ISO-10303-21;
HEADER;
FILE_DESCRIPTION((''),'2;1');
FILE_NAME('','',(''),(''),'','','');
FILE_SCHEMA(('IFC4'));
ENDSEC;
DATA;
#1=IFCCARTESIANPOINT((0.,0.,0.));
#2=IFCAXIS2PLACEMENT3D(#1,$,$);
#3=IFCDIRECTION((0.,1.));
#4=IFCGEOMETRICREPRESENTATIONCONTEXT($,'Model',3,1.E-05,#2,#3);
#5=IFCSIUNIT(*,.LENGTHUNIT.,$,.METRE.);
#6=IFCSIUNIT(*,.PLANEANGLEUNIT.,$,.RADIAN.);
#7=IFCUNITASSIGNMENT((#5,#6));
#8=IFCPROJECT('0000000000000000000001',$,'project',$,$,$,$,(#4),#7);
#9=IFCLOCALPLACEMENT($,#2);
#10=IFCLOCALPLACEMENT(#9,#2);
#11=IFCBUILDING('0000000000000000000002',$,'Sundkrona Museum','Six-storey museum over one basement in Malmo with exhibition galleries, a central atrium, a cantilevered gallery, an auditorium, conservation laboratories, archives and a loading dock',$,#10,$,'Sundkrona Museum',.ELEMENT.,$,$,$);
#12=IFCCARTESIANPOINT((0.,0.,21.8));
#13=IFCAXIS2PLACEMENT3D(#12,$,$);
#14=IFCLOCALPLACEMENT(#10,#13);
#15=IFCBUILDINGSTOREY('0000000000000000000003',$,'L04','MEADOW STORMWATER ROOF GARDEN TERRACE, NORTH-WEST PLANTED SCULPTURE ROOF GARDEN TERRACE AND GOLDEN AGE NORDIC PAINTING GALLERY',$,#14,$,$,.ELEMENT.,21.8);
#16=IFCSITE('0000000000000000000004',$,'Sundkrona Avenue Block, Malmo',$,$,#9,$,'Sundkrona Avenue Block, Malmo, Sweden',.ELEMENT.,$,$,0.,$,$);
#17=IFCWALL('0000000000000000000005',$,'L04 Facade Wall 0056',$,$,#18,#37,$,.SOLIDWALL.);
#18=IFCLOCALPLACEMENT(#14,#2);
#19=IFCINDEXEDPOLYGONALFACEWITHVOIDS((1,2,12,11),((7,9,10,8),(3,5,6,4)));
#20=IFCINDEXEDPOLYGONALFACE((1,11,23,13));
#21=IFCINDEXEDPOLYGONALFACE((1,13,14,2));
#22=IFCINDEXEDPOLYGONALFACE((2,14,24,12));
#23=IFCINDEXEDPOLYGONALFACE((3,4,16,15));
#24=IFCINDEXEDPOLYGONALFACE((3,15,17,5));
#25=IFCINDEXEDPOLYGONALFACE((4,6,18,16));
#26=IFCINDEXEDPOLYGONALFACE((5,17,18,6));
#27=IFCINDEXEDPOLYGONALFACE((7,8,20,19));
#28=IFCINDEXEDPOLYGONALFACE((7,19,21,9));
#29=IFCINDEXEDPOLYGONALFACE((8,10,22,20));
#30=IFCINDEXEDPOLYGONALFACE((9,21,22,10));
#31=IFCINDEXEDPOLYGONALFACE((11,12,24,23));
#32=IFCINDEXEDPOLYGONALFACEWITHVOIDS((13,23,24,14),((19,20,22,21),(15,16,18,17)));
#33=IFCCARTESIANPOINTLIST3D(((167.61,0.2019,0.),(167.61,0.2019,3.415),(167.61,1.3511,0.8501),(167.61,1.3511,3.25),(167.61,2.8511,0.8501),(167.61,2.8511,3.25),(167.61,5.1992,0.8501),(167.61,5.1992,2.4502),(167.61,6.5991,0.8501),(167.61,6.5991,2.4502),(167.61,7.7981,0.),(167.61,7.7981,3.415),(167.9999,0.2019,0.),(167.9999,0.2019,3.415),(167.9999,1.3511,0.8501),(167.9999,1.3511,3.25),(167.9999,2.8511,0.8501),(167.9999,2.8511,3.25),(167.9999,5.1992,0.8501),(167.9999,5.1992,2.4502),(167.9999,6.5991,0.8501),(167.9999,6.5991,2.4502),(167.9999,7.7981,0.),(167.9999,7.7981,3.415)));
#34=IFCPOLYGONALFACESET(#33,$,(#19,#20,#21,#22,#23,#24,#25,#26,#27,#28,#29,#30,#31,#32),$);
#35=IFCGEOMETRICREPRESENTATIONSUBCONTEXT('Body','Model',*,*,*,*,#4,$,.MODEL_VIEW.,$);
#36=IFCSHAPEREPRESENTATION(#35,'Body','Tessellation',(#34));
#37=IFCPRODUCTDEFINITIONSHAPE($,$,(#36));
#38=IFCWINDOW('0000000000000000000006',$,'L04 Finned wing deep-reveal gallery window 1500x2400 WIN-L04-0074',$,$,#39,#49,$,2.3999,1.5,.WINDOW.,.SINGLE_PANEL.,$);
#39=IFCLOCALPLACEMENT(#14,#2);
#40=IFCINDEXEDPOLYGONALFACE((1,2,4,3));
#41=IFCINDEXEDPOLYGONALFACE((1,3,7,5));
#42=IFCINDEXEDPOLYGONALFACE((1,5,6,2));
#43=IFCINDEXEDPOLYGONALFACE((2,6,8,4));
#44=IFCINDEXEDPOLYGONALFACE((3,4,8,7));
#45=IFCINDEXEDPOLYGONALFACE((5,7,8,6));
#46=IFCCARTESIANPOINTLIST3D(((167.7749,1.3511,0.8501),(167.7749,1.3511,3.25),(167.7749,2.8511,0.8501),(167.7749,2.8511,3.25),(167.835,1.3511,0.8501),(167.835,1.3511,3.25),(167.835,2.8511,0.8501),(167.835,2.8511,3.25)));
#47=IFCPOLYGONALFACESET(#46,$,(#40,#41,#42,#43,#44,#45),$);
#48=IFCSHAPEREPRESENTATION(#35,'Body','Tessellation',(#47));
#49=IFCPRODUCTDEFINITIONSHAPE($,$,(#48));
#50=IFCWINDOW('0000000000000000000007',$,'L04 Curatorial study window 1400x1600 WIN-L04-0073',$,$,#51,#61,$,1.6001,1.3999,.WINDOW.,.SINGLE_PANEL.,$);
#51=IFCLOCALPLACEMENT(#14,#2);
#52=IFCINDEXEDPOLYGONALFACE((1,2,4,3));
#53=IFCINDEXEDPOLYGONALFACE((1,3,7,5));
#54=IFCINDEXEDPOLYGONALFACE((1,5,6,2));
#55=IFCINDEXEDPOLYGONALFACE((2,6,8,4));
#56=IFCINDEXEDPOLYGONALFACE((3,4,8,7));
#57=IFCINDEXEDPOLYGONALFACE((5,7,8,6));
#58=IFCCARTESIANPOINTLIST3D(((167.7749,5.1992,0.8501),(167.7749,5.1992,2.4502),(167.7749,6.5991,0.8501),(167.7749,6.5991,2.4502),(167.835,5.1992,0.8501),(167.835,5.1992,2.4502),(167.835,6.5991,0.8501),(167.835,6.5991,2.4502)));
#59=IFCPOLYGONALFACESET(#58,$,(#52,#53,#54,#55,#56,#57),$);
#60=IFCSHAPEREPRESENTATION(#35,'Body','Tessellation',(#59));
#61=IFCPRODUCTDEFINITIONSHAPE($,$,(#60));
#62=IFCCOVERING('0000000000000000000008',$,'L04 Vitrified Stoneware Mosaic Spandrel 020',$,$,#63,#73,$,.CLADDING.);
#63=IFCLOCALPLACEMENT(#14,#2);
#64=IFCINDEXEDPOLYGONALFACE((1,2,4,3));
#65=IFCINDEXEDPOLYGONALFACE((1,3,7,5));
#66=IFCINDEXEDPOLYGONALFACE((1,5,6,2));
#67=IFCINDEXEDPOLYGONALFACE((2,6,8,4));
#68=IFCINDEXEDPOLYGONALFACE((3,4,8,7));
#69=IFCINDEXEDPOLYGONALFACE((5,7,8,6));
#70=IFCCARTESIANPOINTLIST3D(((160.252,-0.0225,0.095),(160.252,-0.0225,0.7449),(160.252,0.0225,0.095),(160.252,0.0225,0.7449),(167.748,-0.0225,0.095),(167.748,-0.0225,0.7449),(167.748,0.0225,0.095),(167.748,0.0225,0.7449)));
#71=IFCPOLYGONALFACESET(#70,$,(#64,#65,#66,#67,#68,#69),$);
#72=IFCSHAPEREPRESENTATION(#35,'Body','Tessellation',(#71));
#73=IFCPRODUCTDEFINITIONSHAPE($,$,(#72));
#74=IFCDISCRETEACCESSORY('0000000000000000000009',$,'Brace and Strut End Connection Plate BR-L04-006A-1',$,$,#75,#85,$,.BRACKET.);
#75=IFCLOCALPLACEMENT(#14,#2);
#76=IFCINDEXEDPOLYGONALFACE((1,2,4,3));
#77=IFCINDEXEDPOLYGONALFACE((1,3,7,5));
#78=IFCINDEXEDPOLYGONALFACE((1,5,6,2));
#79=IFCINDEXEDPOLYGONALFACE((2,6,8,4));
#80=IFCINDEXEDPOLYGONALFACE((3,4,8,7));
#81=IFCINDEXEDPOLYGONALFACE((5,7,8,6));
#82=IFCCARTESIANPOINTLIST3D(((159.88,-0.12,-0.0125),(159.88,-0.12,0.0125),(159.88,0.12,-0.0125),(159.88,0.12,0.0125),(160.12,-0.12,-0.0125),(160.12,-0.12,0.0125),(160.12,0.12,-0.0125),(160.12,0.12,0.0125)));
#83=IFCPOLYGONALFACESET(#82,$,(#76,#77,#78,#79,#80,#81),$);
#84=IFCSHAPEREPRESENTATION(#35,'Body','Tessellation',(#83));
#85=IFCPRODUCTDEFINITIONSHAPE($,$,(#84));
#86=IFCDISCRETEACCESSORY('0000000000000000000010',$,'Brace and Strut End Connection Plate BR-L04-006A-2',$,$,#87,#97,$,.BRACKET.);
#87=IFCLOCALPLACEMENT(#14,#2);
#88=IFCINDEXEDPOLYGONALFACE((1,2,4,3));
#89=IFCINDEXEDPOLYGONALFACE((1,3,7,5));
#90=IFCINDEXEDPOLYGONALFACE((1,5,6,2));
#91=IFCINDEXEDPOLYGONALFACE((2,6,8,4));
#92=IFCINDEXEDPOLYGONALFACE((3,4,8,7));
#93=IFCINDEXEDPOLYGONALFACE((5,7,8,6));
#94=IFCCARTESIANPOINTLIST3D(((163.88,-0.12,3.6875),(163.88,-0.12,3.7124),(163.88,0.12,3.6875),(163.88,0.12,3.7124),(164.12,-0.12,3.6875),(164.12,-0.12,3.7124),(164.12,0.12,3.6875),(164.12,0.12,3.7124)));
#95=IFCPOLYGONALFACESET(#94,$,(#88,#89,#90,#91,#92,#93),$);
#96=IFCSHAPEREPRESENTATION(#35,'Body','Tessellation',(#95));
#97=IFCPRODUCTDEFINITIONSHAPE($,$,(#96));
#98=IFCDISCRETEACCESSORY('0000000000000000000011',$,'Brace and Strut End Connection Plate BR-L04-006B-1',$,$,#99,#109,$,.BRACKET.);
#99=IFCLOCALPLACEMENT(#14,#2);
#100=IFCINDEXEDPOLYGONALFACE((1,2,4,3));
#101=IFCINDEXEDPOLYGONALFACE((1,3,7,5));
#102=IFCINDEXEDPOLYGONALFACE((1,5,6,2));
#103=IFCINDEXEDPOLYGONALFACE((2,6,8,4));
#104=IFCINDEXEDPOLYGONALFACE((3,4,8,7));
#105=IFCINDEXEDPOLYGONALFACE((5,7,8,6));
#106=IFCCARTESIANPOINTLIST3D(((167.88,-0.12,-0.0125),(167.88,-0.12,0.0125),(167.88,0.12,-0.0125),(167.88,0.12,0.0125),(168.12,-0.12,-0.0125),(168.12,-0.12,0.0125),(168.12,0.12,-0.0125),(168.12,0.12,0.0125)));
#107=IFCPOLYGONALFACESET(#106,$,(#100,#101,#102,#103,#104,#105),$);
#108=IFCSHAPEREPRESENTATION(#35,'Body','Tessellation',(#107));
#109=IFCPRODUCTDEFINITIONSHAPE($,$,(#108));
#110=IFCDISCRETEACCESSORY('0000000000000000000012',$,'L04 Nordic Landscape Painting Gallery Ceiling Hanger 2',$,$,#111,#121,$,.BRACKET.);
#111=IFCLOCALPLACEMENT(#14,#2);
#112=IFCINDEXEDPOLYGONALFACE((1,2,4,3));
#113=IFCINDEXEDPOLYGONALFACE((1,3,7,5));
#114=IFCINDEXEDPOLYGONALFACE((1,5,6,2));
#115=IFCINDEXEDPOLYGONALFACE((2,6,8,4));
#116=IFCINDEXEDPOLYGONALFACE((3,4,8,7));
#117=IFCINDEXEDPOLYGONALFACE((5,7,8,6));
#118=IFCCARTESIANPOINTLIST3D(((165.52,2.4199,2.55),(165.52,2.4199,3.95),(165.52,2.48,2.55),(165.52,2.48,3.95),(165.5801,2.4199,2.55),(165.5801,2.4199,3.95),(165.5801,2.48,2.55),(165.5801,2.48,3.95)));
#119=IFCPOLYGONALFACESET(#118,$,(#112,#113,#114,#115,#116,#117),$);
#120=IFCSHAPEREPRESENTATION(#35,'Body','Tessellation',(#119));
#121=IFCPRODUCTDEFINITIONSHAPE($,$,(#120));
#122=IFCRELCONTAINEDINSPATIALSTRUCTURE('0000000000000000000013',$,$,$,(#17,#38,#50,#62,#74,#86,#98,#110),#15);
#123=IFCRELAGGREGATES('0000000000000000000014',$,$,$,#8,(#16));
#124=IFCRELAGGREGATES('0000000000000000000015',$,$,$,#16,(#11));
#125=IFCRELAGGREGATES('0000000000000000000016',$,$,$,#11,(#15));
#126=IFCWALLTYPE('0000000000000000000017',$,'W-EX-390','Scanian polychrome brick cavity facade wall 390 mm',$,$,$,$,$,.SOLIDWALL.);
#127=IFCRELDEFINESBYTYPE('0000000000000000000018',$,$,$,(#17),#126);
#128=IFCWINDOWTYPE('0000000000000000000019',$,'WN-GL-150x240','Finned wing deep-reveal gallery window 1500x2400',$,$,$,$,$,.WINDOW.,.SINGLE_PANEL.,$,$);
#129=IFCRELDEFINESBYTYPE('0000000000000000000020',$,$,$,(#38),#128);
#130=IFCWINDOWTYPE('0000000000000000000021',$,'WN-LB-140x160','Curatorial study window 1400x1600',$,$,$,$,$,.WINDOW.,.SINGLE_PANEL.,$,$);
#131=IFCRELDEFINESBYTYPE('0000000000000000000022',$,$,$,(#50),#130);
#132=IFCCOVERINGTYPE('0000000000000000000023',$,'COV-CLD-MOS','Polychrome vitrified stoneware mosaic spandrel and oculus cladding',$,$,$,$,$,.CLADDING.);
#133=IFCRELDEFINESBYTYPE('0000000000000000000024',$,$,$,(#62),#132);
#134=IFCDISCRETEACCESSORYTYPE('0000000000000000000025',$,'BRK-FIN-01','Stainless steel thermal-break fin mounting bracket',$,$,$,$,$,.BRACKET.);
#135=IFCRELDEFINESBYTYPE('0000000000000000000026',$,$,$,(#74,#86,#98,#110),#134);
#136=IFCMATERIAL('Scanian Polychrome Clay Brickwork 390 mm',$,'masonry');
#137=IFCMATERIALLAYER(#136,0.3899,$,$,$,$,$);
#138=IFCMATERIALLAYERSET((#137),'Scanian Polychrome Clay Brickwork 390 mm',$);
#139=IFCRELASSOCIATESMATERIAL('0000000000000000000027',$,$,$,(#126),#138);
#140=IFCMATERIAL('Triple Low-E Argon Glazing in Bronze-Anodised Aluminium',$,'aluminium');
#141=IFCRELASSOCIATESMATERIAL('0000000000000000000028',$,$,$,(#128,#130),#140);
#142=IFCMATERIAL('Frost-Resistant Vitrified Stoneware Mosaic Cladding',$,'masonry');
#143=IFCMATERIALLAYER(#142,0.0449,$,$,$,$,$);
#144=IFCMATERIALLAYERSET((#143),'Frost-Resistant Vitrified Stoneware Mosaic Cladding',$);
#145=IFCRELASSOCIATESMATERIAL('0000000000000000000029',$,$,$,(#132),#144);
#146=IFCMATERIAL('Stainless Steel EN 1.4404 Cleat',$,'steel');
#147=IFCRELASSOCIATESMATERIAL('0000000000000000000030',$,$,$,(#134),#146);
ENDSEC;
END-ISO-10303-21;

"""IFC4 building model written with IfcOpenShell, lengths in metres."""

from ifc_helpers import new_model, si_unit, direction, frame, frame_2d, origin, origin_2d, place, context, subcontext, project, spatial, rectangle, extrude, material, layer, layer_set, type_object, element, fill, save


model = new_model("IFC4")

# Units and contexts
model_context = context("Model", 3, precision=1e-05, world=origin(), true_north=direction((0.0, 1.0)))
body_context = subcontext(model_context, "Body", "Model", "MODEL_VIEW")
ifc_project = project(units=[si_unit("LENGTHUNIT", "METRE"), si_unit("PLANEANGLEUNIT", "RADIAN")], contexts=[model_context])

# Site, building, storey
site_placement = place(None, origin())
site = spatial("IfcSite", under=ifc_project, at=site_placement, Name="Sundkrona Avenue Block, Malmo", LongName="Sundkrona Avenue Block, Malmo, Sweden", CompositionType="ELEMENT", RefElevation=0.0)
building_placement = place(site_placement, origin())
building = spatial("IfcBuilding", under=site, at=building_placement, Name="Sundkrona Museum", Description="Six-storey museum over one basement in Malmo with exhibition galleries, a central atrium, a cantilevered gallery, an auditorium, conservation laboratories, archives and a loading dock", LongName="Sundkrona Museum", CompositionType="ELEMENT")
storey_placement = place(building_placement, frame((0.0, 0.0, 21.8)))
storey = spatial("IfcBuildingStorey", under=building, at=storey_placement, Name="L04", Description="MEADOW STORMWATER ROOF GARDEN TERRACE, NORTH-WEST PLANTED SCULPTURE ROOF GARDEN TERRACE AND GOLDEN AGE NORDIC PAINTING GALLERY", CompositionType="ELEMENT", Elevation=21.8)

# Shared definitions
ifc_material_1 = material(Name="Scanian Polychrome Clay Brickwork 390 mm", Category="masonry")
ifc_layer_1 = layer(ifc_material_1, 0.3899)
ifc_layer_set_1 = layer_set([ifc_layer_1], Name="Scanian Polychrome Clay Brickwork 390 mm")
wall_type = type_object("IfcWallType", Name="W-EX-390", Description="Scanian polychrome brick cavity facade wall 390 mm", PredefinedType="SOLIDWALL", material=ifc_layer_set_1)

# Wall, openings, windows
wall_1_placement = place(storey_placement, frame((167.8049, 7.7981, 0.0), z_axis=(0.0, 0.0, 1.0), x_axis=(0.0, -1.0, 0.0)))
wall_1 = element("IfcWall", 1, at=wall_1_placement, inside=storey, type_object=wall_type, Name="L04 Facade Wall 0056", PredefinedType="SOLIDWALL", context=body_context, shape_type="SweptSolid", body=[
    extrude(rectangle(XDim=7.5962, YDim=0.3899, at=frame_2d((3.7981, 0.0))), origin(), (0.0, 0.0, 1.0), 3.415),
])
opening_1_placement = place(wall_1_placement, frame((1.199, 0.0, 0.8501)))
opening_1 = element("IfcOpeningElement", 2, at=opening_1_placement, cuts=wall_1, PredefinedType="OPENING", context=body_context, shape_type="SweptSolid", body=[
    extrude(rectangle(XDim=1.3999, YDim=1.6001, at=frame_2d((0.7, 0.8))), frame((0.0, 0.2048, 0.0), z_axis=(0.0, -1.0, 0.0), x_axis=(1.0, 0.0, 0.0)), (0.0, 0.0, 1.0), 0.4099),
])
opening_2_placement = place(wall_1_placement, frame((4.947, 0.0, 0.8501)))
opening_2 = element("IfcOpeningElement", 3, at=opening_2_placement, cuts=wall_1, PredefinedType="OPENING", context=body_context, shape_type="SweptSolid", body=[
    extrude(rectangle(XDim=1.5, YDim=2.3999, at=frame_2d((0.75, 1.2))), frame((0.0, 0.2048, 0.0), z_axis=(0.0, -1.0, 0.0), x_axis=(1.0, 0.0, 0.0)), (0.0, 0.0, 1.0), 0.4099),
])
ifc_material_2 = material(Name="Triple Low-E Argon Glazing in Bronze-Anodised Aluminium", Category="aluminium")
window_type_1 = type_object("IfcWindowType", Name="WN-GL-150x240", Description="Finned wing deep-reveal gallery window 1500x2400", PartitioningType="SINGLE_PANEL", PredefinedType="WINDOW", material=ifc_material_2)
window_1_placement = place(opening_2_placement, origin())
window_1 = element("IfcWindow", 4, at=window_1_placement, inside=storey, type_object=window_type_1, Name="L04 Finned wing deep-reveal gallery window 1500x2400 WIN-L04-0074", OverallHeight=2.3999, OverallWidth=1.5, PartitioningType="SINGLE_PANEL", PredefinedType="WINDOW", context=body_context, shape_type="SweptSolid", body=[
    extrude(rectangle(XDim=1.5, YDim=2.3999, at=frame_2d((0.75, 1.2))), frame((0.0, 0.03, 0.0), z_axis=(0.0, -1.0, 0.0), x_axis=(1.0, 0.0, 0.0)), (0.0, 0.0, 1.0), 0.0601),
])
fill(opening_2, window_1)
window_type_2 = type_object("IfcWindowType", Name="WN-LB-140x160", Description="Curatorial study window 1400x1600", PartitioningType="SINGLE_PANEL", PredefinedType="WINDOW", material=ifc_material_2)
window_2_placement = place(opening_1_placement, origin())
window_2 = element("IfcWindow", 5, at=window_2_placement, inside=storey, type_object=window_type_2, Name="L04 Curatorial study window 1400x1600 WIN-L04-0073", OverallHeight=1.6001, OverallWidth=1.3999, PartitioningType="SINGLE_PANEL", PredefinedType="WINDOW", context=body_context, shape_type="SweptSolid", body=[
    extrude(rectangle(XDim=1.3999, YDim=1.6001, at=frame_2d((0.7, 0.8))), frame((0.0, 0.03, 0.0), z_axis=(0.0, -1.0, 0.0), x_axis=(1.0, 0.0, 0.0)), (0.0, 0.0, 1.0), 0.0601),
])
fill(opening_1, window_2)

# Covering
ifc_material_3 = material(Name="Frost-Resistant Vitrified Stoneware Mosaic Cladding", Category="masonry")
ifc_layer_2 = layer(ifc_material_3, 0.0449)
ifc_layer_set_2 = layer_set([ifc_layer_2], Name="Frost-Resistant Vitrified Stoneware Mosaic Cladding")
covering_type = type_object("IfcCoveringType", Name="COV-CLD-MOS", Description="Polychrome vitrified stoneware mosaic spandrel and oculus cladding", PredefinedType="CLADDING", material=ifc_layer_set_2)
covering_placement = place(storey_placement, frame((164.0, 0.0, 0.095), z_axis=(0.0, 0.0, 1.0), x_axis=(1.0, 0.0, 0.0)))
element("IfcCovering", 6, at=covering_placement, inside=storey, type_object=covering_type, Name="L04 Vitrified Stoneware Mosaic Spandrel 020", PredefinedType="CLADDING", context=body_context, shape_type="SweptSolid", body=[
    extrude(rectangle(XDim=7.4961, YDim=0.0449, at=origin_2d()), origin(), (0.0, 0.0, 1.0), 0.6499),
])

# Discrete accessories
ifc_material_4 = material(Name="Stainless Steel EN 1.4404 Cleat", Category="steel")
discrete_accessory_type = type_object("IfcDiscreteAccessoryType", Name="BRK-FIN-01", Description="Stainless steel thermal-break fin mounting bracket", PredefinedType="BRACKET", material=ifc_material_4)
for number, where, z_axis, x_axis, name in (
    (7, (160.0, 0.0, -0.0125), (0.0, 0.0, 1.0), (1.0, 0.0, 0.0), "Brace and Strut End Connection Plate BR-L04-006A-1"),
    (8, (164.0, 0.0, 3.6875), (0.0, 0.0, 1.0), (1.0, 0.0, 0.0), "Brace and Strut End Connection Plate BR-L04-006A-2"),
    (9, (168.0, 0.0, -0.0125), (0.0, 0.0, 1.0), (1.0, 0.0, 0.0), "Brace and Strut End Connection Plate BR-L04-006B-1"),
):
    element("IfcDiscreteAccessory", number, at=place(storey_placement, frame(where, z_axis=z_axis, x_axis=x_axis)), inside=storey, type_object=discrete_accessory_type, Name=name, PredefinedType="BRACKET", context=body_context, shape_type="SweptSolid", body=[
        extrude(rectangle(XDim=0.24, YDim=0.24, at=origin_2d()), origin(), (0.0, 0.0, 1.0), 0.0249),
    ])
discrete_accessory_placement = place(storey_placement, frame((165.55, 2.45, 2.55), z_axis=(0.0, 0.0, 1.0), x_axis=(1.0, 0.0, 0.0)))
element("IfcDiscreteAccessory", 10, at=discrete_accessory_placement, inside=storey, type_object=discrete_accessory_type, Name="L04 Nordic Landscape Painting Gallery Ceiling Hanger 2", PredefinedType="BRACKET", context=body_context, shape_type="SweptSolid", body=[
    extrude(rectangle(XDim=0.0601, YDim=0.0601, at=origin_2d()), origin(), (0.0, 0.0, 1.0), 1.3999),
])

save(model, "model.ifc")
